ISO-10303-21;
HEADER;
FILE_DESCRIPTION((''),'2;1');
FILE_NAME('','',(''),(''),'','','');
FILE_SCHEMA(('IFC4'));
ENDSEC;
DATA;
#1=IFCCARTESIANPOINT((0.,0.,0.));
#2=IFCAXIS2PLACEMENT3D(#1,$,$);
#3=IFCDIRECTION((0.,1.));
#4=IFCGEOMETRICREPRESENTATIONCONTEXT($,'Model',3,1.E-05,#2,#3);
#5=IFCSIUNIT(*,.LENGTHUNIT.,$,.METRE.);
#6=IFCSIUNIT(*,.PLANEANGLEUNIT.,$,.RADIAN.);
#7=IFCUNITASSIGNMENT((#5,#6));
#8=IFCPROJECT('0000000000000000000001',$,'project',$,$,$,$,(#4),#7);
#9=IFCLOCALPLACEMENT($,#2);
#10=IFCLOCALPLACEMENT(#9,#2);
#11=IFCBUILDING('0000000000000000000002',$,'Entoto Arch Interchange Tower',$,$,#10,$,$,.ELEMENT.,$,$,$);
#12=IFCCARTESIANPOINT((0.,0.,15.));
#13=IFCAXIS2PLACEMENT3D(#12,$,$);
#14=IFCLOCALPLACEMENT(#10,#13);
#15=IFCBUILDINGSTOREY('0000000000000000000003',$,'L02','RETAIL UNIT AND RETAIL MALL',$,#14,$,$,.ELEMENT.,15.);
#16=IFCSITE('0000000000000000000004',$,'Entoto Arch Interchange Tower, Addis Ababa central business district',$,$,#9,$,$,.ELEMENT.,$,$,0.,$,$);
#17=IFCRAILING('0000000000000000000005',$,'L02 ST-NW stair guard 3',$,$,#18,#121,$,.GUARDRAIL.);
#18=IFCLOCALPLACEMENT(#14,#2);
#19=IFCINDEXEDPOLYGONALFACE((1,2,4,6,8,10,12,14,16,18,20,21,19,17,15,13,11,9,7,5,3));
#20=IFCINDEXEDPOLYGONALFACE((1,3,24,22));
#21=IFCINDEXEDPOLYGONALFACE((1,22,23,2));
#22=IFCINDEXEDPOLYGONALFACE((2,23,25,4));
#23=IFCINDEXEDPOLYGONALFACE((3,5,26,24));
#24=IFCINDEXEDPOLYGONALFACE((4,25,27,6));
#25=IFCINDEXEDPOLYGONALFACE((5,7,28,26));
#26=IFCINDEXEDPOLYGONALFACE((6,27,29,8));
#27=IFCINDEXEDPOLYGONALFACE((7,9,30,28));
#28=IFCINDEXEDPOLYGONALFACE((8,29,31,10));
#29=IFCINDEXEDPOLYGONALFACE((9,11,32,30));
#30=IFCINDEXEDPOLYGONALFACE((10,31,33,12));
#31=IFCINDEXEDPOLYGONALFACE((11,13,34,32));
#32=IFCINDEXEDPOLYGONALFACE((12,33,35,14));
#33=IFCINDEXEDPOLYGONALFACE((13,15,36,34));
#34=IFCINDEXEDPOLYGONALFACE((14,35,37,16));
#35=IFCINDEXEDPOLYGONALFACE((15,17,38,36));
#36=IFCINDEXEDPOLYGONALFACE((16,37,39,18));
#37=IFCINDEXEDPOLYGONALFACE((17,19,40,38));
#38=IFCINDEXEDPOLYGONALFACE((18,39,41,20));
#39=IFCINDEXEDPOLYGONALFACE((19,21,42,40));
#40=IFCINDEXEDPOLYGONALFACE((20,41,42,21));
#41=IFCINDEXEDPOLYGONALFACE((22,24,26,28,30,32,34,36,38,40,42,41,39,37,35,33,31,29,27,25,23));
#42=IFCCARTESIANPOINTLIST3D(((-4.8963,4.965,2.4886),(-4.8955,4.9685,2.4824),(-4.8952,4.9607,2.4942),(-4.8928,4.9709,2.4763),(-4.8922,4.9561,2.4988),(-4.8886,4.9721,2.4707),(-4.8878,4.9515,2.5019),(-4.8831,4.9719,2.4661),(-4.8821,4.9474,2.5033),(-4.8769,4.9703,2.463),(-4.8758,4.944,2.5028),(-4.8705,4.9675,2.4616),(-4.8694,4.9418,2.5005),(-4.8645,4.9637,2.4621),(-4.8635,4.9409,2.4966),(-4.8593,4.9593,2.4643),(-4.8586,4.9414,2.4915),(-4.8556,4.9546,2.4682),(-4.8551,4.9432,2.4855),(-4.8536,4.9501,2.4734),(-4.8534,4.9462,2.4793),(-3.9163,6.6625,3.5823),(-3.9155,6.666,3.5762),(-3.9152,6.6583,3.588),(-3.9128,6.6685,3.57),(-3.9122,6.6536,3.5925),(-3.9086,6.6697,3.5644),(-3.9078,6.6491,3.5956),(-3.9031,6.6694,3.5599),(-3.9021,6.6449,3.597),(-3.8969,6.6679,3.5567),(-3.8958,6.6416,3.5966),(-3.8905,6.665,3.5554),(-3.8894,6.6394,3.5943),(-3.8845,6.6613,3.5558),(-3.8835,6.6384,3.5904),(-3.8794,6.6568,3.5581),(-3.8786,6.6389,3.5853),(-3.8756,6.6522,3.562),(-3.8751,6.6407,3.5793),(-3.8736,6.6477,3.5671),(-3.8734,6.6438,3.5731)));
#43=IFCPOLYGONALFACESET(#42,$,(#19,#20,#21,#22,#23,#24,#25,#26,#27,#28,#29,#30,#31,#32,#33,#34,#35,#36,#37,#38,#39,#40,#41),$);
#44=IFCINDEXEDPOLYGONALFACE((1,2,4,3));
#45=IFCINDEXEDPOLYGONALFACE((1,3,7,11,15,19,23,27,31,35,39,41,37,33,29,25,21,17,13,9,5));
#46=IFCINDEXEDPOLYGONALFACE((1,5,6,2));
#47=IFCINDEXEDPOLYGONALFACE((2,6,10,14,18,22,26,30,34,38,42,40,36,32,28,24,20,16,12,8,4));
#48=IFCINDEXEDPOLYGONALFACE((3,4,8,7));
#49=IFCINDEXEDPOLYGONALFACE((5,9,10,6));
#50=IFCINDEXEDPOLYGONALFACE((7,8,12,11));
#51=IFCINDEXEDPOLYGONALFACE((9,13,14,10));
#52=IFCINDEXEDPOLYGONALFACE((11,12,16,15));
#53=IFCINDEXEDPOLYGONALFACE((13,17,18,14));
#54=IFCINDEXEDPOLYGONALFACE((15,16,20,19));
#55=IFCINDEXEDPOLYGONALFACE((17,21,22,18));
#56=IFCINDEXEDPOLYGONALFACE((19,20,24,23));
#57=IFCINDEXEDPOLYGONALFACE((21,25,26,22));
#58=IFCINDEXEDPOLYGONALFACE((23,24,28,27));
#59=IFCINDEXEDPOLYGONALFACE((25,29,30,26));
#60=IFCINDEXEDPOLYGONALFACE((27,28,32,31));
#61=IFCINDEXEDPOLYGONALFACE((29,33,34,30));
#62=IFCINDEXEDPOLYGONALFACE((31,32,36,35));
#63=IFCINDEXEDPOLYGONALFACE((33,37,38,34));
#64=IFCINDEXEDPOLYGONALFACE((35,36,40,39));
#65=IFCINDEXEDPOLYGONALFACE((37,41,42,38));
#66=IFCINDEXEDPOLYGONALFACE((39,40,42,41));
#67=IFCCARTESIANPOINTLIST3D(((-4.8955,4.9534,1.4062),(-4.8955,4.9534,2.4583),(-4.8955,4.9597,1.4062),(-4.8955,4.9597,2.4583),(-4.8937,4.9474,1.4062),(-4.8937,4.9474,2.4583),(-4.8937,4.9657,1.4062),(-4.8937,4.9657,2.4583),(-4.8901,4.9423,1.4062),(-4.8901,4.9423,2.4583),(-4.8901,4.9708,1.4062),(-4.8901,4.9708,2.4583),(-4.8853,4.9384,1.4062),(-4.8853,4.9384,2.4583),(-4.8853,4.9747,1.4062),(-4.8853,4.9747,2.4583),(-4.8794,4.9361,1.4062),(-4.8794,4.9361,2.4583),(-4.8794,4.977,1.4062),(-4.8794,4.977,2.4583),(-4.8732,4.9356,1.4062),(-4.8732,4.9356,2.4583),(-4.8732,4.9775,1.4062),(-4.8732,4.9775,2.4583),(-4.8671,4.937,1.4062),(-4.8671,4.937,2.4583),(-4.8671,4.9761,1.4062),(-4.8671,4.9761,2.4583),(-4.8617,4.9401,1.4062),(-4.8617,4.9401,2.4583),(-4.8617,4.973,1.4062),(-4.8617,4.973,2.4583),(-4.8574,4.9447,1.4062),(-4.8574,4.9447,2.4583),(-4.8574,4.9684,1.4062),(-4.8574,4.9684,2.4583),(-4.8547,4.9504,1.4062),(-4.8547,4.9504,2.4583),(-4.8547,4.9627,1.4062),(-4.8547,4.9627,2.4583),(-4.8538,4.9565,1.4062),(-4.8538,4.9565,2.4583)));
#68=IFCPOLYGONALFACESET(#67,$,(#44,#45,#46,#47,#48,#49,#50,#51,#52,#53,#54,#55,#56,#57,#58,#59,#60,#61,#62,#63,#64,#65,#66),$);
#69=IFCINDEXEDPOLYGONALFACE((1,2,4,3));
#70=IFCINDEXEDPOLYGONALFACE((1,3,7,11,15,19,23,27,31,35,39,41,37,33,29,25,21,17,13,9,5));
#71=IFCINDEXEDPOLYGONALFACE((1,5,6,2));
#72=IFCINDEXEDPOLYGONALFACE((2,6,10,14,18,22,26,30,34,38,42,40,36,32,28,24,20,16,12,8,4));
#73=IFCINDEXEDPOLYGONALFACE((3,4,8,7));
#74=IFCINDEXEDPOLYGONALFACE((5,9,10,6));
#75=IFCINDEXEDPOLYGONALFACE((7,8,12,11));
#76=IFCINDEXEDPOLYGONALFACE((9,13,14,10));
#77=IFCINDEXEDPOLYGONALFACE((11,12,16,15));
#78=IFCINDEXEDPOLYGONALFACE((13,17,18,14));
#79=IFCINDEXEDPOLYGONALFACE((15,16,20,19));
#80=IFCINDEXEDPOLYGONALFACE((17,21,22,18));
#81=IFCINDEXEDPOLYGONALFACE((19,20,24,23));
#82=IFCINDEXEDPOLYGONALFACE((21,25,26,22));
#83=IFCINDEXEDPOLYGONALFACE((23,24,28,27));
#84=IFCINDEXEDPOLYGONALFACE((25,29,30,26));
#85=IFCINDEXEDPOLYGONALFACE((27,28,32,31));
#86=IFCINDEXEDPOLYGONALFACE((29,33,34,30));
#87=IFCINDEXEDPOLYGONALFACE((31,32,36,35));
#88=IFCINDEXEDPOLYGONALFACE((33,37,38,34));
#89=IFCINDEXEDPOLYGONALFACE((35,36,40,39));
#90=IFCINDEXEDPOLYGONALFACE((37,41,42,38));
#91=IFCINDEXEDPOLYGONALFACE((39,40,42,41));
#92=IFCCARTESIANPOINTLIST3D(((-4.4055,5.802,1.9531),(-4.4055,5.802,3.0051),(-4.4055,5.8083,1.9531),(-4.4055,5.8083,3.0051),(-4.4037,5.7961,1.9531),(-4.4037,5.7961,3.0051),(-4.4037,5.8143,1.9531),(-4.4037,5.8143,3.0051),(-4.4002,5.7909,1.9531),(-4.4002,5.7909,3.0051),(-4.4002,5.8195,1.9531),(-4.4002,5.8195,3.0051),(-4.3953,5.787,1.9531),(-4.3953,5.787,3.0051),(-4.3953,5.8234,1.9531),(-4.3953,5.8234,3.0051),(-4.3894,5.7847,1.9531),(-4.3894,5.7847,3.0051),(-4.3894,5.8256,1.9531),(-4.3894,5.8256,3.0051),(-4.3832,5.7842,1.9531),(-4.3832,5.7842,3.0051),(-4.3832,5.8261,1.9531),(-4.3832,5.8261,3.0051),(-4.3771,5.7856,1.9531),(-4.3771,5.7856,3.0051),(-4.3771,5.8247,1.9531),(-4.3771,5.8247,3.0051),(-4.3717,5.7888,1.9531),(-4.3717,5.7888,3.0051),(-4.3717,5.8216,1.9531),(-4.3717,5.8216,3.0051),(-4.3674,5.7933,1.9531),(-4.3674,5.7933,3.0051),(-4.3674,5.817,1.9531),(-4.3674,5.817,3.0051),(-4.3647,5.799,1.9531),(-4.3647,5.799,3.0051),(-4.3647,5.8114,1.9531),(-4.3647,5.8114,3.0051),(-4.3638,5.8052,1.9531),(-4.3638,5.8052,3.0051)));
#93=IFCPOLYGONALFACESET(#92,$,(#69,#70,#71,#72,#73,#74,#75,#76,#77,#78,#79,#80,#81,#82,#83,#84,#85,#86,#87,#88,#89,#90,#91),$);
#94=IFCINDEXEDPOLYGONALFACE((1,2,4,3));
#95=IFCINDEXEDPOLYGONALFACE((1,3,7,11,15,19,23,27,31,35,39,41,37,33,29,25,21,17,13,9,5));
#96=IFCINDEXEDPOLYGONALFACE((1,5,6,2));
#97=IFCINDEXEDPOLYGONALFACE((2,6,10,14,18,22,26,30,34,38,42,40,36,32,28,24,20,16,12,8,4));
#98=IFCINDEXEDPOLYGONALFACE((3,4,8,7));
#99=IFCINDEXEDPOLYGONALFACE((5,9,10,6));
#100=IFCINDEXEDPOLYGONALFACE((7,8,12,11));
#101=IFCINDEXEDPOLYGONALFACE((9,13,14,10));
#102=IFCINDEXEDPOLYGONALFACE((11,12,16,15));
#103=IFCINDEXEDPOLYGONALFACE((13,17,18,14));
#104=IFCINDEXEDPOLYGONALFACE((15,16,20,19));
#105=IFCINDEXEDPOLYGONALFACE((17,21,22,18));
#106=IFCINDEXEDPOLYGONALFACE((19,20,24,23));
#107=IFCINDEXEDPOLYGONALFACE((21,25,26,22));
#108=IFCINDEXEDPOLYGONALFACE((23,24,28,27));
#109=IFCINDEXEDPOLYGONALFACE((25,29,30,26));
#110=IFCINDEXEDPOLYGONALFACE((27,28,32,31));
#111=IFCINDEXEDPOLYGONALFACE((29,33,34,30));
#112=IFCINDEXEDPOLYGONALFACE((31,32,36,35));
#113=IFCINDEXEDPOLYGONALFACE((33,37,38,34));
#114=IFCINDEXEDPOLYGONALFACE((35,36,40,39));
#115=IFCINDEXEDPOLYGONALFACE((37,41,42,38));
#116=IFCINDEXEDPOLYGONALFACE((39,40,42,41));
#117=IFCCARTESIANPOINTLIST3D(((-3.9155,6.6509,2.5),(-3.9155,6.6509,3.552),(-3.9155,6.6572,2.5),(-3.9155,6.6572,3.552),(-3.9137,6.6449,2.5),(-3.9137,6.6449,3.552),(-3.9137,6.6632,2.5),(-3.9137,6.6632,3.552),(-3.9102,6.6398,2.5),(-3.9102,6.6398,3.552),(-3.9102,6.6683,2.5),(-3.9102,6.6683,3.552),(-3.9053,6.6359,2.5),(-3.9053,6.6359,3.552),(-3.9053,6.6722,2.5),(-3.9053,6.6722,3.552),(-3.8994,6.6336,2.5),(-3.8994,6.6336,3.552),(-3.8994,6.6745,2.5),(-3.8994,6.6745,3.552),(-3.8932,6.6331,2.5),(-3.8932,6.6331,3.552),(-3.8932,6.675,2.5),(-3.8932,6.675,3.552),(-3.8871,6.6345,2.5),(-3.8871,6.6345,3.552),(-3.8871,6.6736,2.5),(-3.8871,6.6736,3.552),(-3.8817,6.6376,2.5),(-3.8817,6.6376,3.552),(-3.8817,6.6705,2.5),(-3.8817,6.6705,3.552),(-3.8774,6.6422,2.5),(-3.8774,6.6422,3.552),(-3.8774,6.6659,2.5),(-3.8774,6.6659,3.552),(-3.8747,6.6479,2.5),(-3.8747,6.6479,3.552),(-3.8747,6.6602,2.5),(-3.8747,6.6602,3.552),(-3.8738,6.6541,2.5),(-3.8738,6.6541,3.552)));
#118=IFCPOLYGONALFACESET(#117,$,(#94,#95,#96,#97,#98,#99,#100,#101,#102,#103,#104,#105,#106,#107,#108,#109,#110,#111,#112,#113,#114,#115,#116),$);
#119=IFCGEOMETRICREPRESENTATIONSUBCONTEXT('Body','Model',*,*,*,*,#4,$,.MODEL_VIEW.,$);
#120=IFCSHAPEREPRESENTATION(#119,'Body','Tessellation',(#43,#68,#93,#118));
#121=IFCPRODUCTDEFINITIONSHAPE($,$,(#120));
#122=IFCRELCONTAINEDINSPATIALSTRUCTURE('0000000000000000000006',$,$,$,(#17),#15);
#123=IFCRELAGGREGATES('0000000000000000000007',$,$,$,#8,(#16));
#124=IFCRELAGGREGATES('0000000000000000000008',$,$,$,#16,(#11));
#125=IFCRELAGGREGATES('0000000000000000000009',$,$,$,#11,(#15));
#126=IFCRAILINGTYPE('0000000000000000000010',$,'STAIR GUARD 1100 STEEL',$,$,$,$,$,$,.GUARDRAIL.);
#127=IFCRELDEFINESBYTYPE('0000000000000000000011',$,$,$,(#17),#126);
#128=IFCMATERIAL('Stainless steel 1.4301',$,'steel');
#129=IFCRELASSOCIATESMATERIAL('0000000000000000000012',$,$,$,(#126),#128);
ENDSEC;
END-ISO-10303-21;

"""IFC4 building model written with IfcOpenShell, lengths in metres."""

from ifc_helpers import new_model, si_unit, direction, frame, origin, origin_2d, place, context, subcontext, project, spatial, circle, extrude, material, type_object, element, save


model = new_model("IFC4")

# Units and contexts
model_context = context("Model", 3, precision=1e-05, world=origin(), true_north=direction((0.0, 1.0)))
body_context = subcontext(model_context, "Body", "Model", "MODEL_VIEW")
ifc_project = project(units=[si_unit("LENGTHUNIT", "METRE"), si_unit("PLANEANGLEUNIT", "RADIAN")], contexts=[model_context])

# Site, building, storey
site_placement = place(None, origin())
site = spatial("IfcSite", under=ifc_project, at=site_placement, Name="Entoto Arch Interchange Tower, Addis Ababa central business district", CompositionType="ELEMENT", RefElevation=0.0)
building_placement = place(site_placement, origin())
building = spatial("IfcBuilding", under=site, at=building_placement, Name="Entoto Arch Interchange Tower", CompositionType="ELEMENT")
storey_placement = place(building_placement, frame((0.0, 0.0, 15.0)))
storey = spatial("IfcBuildingStorey", under=building, at=storey_placement, Name="L02", Description="RETAIL UNIT AND RETAIL MALL", CompositionType="ELEMENT", Elevation=15.0)

# Railing
ifc_material_1 = material(Name="Stainless steel 1.4301", Category="steel")
railing_type = type_object("IfcRailingType", Name="STAIR GUARD 1100 STEEL", PredefinedType="GUARDRAIL", material=ifc_material_1)
railing_1_placement = place(storey_placement, frame((-4.8748, 4.9565, 1.4062)))
element("IfcRailing", 1, at=railing_1_placement, inside=storey, type_object=railing_type, Name="L02 ST-NW stair guard 3", PredefinedType="GUARDRAIL", context=body_context, shape_type="SweptSolid", body=[
    extrude(circle(Radius=0.0239, at=origin_2d()), frame((0.0, 0.0, 1.0762), z_axis=(0.436596, 0.756267, 0.487282), x_axis=(-0.866042, 0.49997, 0.0)), (0.0, 0.0, 1.0), 2.2446),
    extrude(circle(Radius=0.021, at=origin_2d()), origin(), (0.0, 0.0, 1.0), 1.052),
    extrude(circle(Radius=0.021, at=origin_2d()), frame((0.49, 0.8486, 0.5469)), (0.0, 0.0, 1.0), 1.052),
    extrude(circle(Radius=0.021, at=origin_2d()), frame((0.98, 1.6975, 1.0938)), (0.0, 0.0, 1.0), 1.052),
])

save(model, "model.ifc")
